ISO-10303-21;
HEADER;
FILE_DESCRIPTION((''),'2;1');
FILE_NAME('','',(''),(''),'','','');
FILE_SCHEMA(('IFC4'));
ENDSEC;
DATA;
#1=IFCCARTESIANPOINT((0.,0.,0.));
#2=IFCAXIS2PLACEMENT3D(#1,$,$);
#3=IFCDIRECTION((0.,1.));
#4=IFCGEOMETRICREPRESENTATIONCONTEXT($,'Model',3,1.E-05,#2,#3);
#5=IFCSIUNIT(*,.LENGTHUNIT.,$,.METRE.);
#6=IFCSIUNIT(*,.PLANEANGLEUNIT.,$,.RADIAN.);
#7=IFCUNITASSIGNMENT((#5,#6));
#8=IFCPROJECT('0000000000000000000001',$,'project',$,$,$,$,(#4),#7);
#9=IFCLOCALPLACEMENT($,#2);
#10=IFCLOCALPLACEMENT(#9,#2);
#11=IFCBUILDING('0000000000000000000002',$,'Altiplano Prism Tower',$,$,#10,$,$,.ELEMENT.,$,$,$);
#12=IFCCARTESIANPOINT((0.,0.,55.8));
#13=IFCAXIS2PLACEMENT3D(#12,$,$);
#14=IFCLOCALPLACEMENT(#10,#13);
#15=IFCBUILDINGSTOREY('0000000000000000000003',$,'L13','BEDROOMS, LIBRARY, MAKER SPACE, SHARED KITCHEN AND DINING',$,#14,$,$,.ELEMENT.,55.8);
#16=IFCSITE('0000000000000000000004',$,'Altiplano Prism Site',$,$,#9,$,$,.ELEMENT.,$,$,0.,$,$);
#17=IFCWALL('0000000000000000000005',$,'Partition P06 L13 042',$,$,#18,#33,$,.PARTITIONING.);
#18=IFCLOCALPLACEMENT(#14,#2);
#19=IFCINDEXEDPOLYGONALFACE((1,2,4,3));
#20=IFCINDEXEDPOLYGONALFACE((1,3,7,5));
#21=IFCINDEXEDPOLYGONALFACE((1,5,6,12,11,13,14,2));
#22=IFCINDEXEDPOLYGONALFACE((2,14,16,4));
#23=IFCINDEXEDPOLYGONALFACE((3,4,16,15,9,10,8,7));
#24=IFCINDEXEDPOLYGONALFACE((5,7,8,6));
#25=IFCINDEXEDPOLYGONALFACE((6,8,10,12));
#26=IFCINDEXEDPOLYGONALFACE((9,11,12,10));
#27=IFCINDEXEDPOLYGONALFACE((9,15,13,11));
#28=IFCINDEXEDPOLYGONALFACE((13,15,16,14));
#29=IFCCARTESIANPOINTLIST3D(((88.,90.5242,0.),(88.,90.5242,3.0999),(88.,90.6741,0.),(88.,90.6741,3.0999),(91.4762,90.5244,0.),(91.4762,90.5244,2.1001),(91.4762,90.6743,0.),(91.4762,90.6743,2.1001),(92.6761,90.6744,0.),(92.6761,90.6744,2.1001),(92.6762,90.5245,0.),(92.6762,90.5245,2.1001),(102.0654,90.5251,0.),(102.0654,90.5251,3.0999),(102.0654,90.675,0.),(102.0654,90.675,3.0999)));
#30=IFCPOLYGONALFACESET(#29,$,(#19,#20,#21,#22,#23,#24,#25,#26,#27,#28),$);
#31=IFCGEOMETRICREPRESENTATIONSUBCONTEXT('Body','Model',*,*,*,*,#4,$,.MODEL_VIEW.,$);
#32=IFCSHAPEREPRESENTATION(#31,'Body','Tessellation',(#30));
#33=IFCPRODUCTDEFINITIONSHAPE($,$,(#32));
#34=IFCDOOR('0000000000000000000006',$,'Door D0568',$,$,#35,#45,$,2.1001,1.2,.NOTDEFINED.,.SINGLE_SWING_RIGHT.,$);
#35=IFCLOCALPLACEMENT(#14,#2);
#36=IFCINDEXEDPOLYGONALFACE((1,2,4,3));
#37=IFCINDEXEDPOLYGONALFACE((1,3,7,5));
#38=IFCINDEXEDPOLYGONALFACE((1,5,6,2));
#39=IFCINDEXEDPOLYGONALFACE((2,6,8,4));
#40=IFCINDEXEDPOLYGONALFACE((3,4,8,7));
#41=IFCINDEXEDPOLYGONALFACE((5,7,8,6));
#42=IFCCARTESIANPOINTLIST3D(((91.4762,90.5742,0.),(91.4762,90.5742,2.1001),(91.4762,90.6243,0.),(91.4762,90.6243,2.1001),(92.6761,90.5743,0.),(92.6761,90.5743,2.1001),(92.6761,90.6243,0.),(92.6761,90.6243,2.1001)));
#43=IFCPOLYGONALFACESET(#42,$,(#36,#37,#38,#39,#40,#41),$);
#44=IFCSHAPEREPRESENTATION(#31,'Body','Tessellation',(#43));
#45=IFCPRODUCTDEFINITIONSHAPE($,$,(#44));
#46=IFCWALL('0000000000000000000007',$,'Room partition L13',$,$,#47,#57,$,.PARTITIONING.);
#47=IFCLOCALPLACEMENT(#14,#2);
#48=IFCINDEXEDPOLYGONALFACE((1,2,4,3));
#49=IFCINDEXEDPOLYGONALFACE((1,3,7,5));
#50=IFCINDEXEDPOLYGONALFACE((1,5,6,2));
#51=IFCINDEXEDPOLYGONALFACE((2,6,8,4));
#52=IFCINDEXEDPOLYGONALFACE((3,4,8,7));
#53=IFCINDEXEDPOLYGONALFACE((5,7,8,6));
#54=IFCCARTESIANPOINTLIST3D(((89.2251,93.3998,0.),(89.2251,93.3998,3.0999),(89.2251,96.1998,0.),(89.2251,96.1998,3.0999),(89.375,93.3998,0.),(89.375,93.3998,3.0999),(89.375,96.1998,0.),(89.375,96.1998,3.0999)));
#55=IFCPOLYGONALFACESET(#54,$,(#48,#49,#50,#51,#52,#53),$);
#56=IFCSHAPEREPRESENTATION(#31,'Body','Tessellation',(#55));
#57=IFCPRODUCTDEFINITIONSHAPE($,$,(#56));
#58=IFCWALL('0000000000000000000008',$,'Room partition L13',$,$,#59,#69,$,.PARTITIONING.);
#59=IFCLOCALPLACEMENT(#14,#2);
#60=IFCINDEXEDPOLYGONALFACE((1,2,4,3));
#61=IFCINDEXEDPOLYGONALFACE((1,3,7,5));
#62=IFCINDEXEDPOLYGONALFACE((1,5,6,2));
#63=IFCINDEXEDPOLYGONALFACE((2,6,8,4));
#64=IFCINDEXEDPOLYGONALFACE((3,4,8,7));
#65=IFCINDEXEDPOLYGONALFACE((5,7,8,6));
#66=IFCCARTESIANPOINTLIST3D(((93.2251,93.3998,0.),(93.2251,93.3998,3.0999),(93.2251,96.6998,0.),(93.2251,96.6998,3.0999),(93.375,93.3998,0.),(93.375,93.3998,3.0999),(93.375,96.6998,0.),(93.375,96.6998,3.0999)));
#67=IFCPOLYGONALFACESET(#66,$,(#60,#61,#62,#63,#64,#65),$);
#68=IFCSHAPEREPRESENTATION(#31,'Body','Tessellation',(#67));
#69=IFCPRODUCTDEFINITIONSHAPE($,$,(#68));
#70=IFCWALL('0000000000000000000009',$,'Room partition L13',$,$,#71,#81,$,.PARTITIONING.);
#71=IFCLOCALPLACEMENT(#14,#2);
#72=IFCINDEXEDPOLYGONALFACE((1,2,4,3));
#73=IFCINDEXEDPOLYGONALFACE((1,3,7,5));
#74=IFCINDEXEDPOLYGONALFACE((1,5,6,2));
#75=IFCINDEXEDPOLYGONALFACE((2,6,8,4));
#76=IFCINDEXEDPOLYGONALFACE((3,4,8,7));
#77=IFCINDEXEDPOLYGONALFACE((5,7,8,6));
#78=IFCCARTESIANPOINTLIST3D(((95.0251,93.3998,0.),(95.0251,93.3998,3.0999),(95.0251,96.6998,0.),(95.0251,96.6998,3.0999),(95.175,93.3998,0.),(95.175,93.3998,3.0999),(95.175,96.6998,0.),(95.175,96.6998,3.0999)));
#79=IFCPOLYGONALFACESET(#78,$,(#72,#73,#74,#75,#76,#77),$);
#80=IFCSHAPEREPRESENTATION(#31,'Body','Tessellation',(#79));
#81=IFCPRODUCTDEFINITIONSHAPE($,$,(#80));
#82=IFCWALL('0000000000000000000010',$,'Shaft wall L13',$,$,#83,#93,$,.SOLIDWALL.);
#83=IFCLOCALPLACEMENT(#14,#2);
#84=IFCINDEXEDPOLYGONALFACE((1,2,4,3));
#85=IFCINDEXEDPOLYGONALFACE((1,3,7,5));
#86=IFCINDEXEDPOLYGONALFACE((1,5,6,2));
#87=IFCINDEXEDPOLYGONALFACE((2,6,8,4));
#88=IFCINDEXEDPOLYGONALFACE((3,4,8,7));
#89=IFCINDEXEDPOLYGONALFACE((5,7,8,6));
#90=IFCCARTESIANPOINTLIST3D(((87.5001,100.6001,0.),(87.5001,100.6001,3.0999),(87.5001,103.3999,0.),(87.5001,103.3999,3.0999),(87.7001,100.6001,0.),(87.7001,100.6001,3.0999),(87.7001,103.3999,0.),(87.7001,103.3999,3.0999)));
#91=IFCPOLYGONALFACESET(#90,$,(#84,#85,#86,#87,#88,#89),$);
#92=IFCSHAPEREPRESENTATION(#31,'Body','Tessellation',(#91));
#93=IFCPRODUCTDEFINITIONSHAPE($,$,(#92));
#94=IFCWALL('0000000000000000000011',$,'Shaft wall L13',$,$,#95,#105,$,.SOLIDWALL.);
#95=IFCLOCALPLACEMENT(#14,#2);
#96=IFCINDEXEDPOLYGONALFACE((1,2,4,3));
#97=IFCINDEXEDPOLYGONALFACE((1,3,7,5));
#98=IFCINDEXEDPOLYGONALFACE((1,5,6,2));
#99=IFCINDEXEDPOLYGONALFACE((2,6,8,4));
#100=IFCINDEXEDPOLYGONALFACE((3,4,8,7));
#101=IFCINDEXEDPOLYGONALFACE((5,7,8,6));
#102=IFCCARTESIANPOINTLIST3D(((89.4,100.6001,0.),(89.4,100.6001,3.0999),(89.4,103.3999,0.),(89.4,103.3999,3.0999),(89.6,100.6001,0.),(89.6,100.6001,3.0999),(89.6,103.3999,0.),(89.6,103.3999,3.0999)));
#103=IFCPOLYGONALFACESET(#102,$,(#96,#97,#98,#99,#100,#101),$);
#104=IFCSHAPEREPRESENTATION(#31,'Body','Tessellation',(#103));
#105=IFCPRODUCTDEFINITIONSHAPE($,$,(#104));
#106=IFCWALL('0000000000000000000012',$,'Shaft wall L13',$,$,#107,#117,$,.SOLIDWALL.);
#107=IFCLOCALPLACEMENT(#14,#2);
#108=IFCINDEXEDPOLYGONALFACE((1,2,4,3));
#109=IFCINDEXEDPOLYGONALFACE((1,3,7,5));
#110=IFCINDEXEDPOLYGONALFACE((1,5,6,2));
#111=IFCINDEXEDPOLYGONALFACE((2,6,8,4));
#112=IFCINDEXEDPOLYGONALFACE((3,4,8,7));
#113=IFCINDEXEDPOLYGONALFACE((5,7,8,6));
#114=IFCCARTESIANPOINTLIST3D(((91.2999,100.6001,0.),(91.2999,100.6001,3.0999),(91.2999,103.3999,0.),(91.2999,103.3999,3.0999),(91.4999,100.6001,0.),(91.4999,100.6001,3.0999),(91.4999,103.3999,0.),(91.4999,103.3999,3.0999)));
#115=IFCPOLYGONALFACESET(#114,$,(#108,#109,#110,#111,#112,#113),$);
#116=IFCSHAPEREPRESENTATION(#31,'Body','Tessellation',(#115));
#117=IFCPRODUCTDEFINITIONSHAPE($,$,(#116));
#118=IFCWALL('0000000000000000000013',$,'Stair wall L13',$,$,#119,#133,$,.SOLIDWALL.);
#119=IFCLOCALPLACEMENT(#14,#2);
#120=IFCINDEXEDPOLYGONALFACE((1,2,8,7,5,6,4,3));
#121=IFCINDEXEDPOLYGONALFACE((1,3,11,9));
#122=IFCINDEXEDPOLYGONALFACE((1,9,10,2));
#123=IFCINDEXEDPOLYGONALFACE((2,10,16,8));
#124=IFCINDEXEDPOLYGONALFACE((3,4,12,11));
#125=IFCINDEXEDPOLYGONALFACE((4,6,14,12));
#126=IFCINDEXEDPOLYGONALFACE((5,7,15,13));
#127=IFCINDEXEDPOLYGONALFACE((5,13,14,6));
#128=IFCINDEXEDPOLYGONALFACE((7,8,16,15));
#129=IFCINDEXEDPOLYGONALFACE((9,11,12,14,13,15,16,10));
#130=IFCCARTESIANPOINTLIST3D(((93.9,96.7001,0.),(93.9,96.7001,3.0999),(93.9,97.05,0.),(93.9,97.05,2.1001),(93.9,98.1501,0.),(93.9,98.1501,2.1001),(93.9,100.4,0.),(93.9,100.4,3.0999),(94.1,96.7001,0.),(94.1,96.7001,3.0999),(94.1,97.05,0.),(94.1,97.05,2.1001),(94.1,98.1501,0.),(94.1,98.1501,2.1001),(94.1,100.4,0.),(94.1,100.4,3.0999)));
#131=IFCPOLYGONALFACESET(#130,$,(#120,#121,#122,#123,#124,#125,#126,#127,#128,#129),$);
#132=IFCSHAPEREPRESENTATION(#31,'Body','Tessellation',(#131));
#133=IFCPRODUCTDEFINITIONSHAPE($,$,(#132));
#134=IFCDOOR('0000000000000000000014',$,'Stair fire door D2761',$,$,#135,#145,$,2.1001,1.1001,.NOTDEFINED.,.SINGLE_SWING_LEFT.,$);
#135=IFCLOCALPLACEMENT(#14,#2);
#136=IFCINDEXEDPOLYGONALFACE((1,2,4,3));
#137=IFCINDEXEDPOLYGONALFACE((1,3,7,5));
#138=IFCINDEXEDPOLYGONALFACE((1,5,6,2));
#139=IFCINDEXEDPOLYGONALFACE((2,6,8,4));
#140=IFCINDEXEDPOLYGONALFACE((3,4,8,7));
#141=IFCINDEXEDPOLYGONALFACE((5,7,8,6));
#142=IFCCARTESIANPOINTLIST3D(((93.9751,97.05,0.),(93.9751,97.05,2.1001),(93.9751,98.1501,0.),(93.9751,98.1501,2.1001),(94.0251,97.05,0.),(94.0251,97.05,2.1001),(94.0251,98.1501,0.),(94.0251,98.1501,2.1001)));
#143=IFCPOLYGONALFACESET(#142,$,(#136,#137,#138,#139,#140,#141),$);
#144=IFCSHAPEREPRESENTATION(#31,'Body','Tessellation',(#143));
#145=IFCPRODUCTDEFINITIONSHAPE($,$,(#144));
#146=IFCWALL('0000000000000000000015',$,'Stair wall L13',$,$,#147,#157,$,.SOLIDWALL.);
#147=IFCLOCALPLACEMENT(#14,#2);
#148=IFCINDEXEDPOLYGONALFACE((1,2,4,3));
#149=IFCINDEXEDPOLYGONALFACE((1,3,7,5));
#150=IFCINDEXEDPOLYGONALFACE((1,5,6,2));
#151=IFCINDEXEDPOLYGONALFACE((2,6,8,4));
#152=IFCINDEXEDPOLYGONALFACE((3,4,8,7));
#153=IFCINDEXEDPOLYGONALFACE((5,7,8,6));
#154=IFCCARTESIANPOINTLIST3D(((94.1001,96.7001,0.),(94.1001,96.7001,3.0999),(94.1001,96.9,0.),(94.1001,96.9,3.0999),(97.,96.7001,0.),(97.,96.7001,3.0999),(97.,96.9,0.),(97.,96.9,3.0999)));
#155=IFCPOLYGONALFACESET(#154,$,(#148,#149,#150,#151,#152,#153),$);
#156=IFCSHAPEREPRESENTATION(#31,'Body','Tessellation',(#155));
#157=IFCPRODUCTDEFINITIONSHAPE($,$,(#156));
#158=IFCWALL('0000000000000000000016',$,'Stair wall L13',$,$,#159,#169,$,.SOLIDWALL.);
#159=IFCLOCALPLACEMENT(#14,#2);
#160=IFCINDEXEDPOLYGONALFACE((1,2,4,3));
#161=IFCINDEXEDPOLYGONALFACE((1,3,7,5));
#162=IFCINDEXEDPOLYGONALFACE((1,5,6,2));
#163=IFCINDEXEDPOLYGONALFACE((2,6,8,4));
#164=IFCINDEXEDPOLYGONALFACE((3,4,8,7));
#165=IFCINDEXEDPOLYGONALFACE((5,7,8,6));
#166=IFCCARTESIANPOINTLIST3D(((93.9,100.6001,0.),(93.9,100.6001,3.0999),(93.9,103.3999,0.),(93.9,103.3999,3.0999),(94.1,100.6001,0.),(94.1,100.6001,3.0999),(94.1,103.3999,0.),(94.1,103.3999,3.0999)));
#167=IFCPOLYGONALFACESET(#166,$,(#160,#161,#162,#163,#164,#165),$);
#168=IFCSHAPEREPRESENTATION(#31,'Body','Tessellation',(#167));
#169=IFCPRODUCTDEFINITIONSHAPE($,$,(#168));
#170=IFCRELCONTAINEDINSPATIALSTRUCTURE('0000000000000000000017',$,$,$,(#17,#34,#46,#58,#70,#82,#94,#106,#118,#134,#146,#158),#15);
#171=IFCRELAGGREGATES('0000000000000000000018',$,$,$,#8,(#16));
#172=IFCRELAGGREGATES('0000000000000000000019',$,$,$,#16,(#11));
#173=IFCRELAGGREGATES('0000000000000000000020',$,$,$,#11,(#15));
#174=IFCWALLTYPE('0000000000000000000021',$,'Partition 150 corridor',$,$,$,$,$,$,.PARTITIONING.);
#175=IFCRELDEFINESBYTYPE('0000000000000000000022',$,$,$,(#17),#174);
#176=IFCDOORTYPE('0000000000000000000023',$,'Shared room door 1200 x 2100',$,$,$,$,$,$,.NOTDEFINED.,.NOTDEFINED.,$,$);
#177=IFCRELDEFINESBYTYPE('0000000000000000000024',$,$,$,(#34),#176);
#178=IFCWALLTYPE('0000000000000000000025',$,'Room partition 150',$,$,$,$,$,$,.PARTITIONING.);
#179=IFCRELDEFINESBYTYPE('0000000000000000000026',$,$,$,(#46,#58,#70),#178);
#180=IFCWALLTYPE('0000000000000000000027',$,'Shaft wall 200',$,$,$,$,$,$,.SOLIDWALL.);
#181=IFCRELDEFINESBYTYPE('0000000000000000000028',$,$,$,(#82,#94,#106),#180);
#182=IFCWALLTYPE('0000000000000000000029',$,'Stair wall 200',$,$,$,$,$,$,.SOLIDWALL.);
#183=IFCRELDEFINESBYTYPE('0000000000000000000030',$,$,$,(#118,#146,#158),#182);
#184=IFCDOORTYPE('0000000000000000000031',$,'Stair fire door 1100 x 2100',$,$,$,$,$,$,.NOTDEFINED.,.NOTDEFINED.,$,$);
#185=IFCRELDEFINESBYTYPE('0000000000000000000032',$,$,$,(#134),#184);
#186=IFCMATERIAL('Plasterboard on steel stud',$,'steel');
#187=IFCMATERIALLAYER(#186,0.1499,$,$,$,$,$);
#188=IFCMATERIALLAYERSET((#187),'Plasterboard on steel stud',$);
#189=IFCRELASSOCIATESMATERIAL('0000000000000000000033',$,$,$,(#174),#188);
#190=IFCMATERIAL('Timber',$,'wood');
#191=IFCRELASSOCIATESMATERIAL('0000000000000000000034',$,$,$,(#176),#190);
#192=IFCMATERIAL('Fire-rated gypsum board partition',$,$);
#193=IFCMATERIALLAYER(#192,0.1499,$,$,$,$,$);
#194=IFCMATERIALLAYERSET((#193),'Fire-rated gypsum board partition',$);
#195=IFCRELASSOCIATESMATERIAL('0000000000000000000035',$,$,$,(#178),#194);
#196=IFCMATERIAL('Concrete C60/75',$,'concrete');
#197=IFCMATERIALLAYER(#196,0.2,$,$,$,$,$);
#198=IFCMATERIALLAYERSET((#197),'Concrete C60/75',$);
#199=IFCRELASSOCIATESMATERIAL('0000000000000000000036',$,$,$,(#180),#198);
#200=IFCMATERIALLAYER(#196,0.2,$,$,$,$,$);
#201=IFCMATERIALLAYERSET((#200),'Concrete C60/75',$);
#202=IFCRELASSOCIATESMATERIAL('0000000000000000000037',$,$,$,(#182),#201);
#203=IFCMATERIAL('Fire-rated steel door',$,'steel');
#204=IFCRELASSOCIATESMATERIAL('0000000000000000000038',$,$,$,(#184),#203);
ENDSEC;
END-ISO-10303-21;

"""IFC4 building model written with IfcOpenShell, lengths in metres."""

from ifc_helpers import new_model, si_unit, direction, frame, frame_2d, origin, place, context, subcontext, project, spatial, rectangle, extrude, material, layer, layer_set, type_object, element, fill, save


model = new_model("IFC4")

# Units and contexts
model_context = context("Model", 3, precision=1e-05, world=origin(), true_north=direction((0.0, 1.0)))
body_context = subcontext(model_context, "Body", "Model", "MODEL_VIEW")
ifc_project = project(units=[si_unit("LENGTHUNIT", "METRE"), si_unit("PLANEANGLEUNIT", "RADIAN")], contexts=[model_context])

# Site, building, storey
site_placement = place(None, origin())
site = spatial("IfcSite", under=ifc_project, at=site_placement, Name="Altiplano Prism Site", CompositionType="ELEMENT", RefElevation=0.0)
building_placement = place(site_placement, origin())
building = spatial("IfcBuilding", under=site, at=building_placement, Name="Altiplano Prism Tower", CompositionType="ELEMENT")
storey_placement = place(building_placement, frame((0.0, 0.0, 55.8)))
storey = spatial("IfcBuildingStorey", under=building, at=storey_placement, Name="L13", Description="BEDROOMS, LIBRARY, MAKER SPACE, SHARED KITCHEN AND DINING", CompositionType="ELEMENT", Elevation=55.8)

# Wall, opening, door
ifc_material_1 = material(Name="Plasterboard on steel stud", Category="steel")
ifc_layer_1 = layer(ifc_material_1, 0.1499)
ifc_layer_set_1 = layer_set([ifc_layer_1], Name="Plasterboard on steel stud")
wall_type_1 = type_object("IfcWallType", Name="Partition 150 corridor", PredefinedType="PARTITIONING", material=ifc_layer_set_1)
wall_1_placement = place(storey_placement, frame((88.0, 90.5991, 0.0), z_axis=(0.0, 0.0, 1.0), x_axis=(1.0, 0.000069, 0.0)))
wall_1 = element("IfcWall", 1, at=wall_1_placement, inside=storey, type_object=wall_type_1, Name="Partition P06 L13 042", PredefinedType="PARTITIONING", context=body_context, shape_type="SweptSolid", body=[
    extrude(rectangle(XDim=14.0654, YDim=0.1499, at=frame_2d((7.0327, 0.0))), origin(), (0.0, 0.0, 1.0), 3.0999),
])
opening_1_placement = place(wall_1_placement, frame((3.4761, 0.0, 0.0)))
opening_1 = element("IfcOpeningElement", 2, at=opening_1_placement, cuts=wall_1, PredefinedType="OPENING", context=body_context, shape_type="SweptSolid", body=[
    extrude(rectangle(XDim=1.2, YDim=2.1001, at=frame_2d((0.6001, 1.05))), frame((0.0, 0.0854, 0.0), z_axis=(0.0, -1.0, 0.0), x_axis=(1.0, 0.0, 0.0)), (0.0, 0.0, 1.0), 0.1709),
])
ifc_material_2 = material(Name="Timber", Category="wood")
door_type_1 = type_object("IfcDoorType", Name="Shared room door 1200 x 2100", OperationType="NOTDEFINED", PredefinedType="NOTDEFINED", material=ifc_material_2)
door_1_placement = place(opening_1_placement, origin())
door_1 = element("IfcDoor", 3, at=door_1_placement, inside=storey, type_object=door_type_1, Name="Door D0568", OperationType="SINGLE_SWING_RIGHT", OverallHeight=2.1001, OverallWidth=1.2, PredefinedType="NOTDEFINED", context=body_context, shape_type="SweptSolid", body=[
    extrude(rectangle(XDim=1.2, YDim=2.1001, at=frame_2d((0.6001, 1.05))), frame((0.0, 0.0249, 0.0), z_axis=(0.0, -1.0, 0.0), x_axis=(1.0, 0.0, 0.0)), (0.0, 0.0, 1.0), 0.05),
])
fill(opening_1, door_1)

# Walls
ifc_material_3 = material(Name="Fire-rated gypsum board partition")
ifc_layer_2 = layer(ifc_material_3, 0.1499)
ifc_layer_set_2 = layer_set([ifc_layer_2], Name="Fire-rated gypsum board partition")
wall_type_2 = type_object("IfcWallType", Name="Room partition 150", PredefinedType="PARTITIONING", material=ifc_layer_set_2)
wall_2_placement = place(storey_placement, frame((89.3, 93.3999, 0.0), z_axis=(0.0, 0.0, 1.0), x_axis=(0.0, 1.0, 0.0)))
element("IfcWall", 4, at=wall_2_placement, inside=storey, type_object=wall_type_2, Name="Room partition L13", PredefinedType="PARTITIONING", context=body_context, shape_type="SweptSolid", body=[
    extrude(rectangle(XDim=2.8, YDim=0.1499, at=frame_2d((1.3999, 0.0))), origin(), (0.0, 0.0, 1.0), 3.0999),
])
for number, where, z_axis, x_axis, name in (
    (5, (93.3, 93.3999, 0.0), (0.0, 0.0, 1.0), (0.0, 1.0, 0.0), "Room partition L13"),
    (6, (95.1001, 93.3999, 0.0), (0.0, 0.0, 1.0), (0.0, 1.0, 0.0), "Room partition L13"),
):
    element("IfcWall", number, at=place(storey_placement, frame(where, z_axis=z_axis, x_axis=x_axis)), inside=storey, type_object=wall_type_2, Name=name, PredefinedType="PARTITIONING", context=body_context, shape_type="SweptSolid", body=[
        extrude(rectangle(XDim=3.3, YDim=0.1499, at=frame_2d((1.6499, 0.0))), origin(), (0.0, 0.0, 1.0), 3.0999),
    ])
ifc_material_4 = material(Name="Concrete C60/75", Category="concrete")
ifc_layer_3 = layer(ifc_material_4, 0.2)
ifc_layer_set_3 = layer_set([ifc_layer_3], Name="Concrete C60/75")
wall_type_3 = type_object("IfcWallType", Name="Shaft wall 200", PredefinedType="SOLIDWALL", material=ifc_layer_set_3)
for number, where, z_axis, x_axis, name in (
    (7, (87.6001, 100.6001, 0.0), (0.0, 0.0, 1.0), (0.0, 1.0, 0.0), "Shaft wall L13"),
    (8, (89.5, 100.6001, 0.0), (0.0, 0.0, 1.0), (0.0, 1.0, 0.0), "Shaft wall L13"),
    (9, (91.3999, 100.6001, 0.0), (0.0, 0.0, 1.0), (0.0, 1.0, 0.0), "Shaft wall L13"),
):
    element("IfcWall", number, at=place(storey_placement, frame(where, z_axis=z_axis, x_axis=x_axis)), inside=storey, type_object=wall_type_3, Name=name, PredefinedType="SOLIDWALL", context=body_context, shape_type="SweptSolid", body=[
        extrude(rectangle(XDim=2.7998, YDim=0.2, at=frame_2d((1.3999, 0.0))), origin(), (0.0, 0.0, 1.0), 3.0999),
    ])

# Wall, opening, door
ifc_layer_4 = layer(ifc_material_4, 0.2)
ifc_layer_set_4 = layer_set([ifc_layer_4], Name="Concrete C60/75")
wall_type_4 = type_object("IfcWallType", Name="Stair wall 200", PredefinedType="SOLIDWALL", material=ifc_layer_set_4)
wall_3_placement = place(storey_placement, frame((94.0, 96.7, 0.0), z_axis=(0.0, 0.0, 1.0), x_axis=(0.0, 1.0, 0.0)))
wall_3 = element("IfcWall", 10, at=wall_3_placement, inside=storey, type_object=wall_type_4, Name="Stair wall L13", PredefinedType="SOLIDWALL", context=body_context, shape_type="SweptSolid", body=[
    extrude(rectangle(XDim=3.7, YDim=0.2, at=frame_2d((1.8501, 0.0))), origin(), (0.0, 0.0, 1.0), 3.0999),
])
opening_2_placement = place(wall_3_placement, frame((0.3501, 0.0, 0.0)))
opening_2 = element("IfcOpeningElement", 11, at=opening_2_placement, cuts=wall_3, PredefinedType="OPENING", context=body_context, shape_type="SweptSolid", body=[
    extrude(rectangle(XDim=1.1001, YDim=2.1001, at=frame_2d((0.55, 1.05))), frame((0.0, 0.1104, 0.0), z_axis=(0.0, -1.0, 0.0), x_axis=(1.0, 0.0, 0.0)), (0.0, 0.0, 1.0), 0.2209),
])
ifc_material_5 = material(Name="Fire-rated steel door", Category="steel")
door_type_2 = type_object("IfcDoorType", Name="Stair fire door 1100 x 2100", OperationType="NOTDEFINED", PredefinedType="NOTDEFINED", material=ifc_material_5)
door_2_placement = place(opening_2_placement, origin())
door_2 = element("IfcDoor", 12, at=door_2_placement, inside=storey, type_object=door_type_2, Name="Stair fire door D2761", OperationType="SINGLE_SWING_LEFT", OverallHeight=2.1001, OverallWidth=1.1001, PredefinedType="NOTDEFINED", context=body_context, shape_type="SweptSolid", body=[
    extrude(rectangle(XDim=1.1001, YDim=2.1001, at=frame_2d((0.55, 1.05))), frame((0.0, 0.0249, 0.0), z_axis=(0.0, -1.0, 0.0), x_axis=(1.0, 0.0, 0.0)), (0.0, 0.0, 1.0), 0.05),
])
fill(opening_2, door_2)

# Walls
wall_4_placement = place(storey_placement, frame((94.1001, 96.8, 0.0), z_axis=(0.0, 0.0, 1.0), x_axis=(1.0, 0.0, 0.0)))
element("IfcWall", 13, at=wall_4_placement, inside=storey, type_object=wall_type_4, Name="Stair wall L13", PredefinedType="SOLIDWALL", context=body_context, shape_type="SweptSolid", body=[
    extrude(rectangle(XDim=2.8999, YDim=0.2, at=frame_2d((1.45, 0.0))), origin(), (0.0, 0.0, 1.0), 3.0999),
])
wall_5_placement = place(storey_placement, frame((94.0, 100.6001, 0.0), z_axis=(0.0, 0.0, 1.0), x_axis=(0.0, 1.0, 0.0)))
element("IfcWall", 14, at=wall_5_placement, inside=storey, type_object=wall_type_4, Name="Stair wall L13", PredefinedType="SOLIDWALL", context=body_context, shape_type="SweptSolid", body=[
    extrude(rectangle(XDim=2.7998, YDim=0.2, at=frame_2d((1.3999, 0.0))), origin(), (0.0, 0.0, 1.0), 3.0999),
])

save(model, "model.ifc")
